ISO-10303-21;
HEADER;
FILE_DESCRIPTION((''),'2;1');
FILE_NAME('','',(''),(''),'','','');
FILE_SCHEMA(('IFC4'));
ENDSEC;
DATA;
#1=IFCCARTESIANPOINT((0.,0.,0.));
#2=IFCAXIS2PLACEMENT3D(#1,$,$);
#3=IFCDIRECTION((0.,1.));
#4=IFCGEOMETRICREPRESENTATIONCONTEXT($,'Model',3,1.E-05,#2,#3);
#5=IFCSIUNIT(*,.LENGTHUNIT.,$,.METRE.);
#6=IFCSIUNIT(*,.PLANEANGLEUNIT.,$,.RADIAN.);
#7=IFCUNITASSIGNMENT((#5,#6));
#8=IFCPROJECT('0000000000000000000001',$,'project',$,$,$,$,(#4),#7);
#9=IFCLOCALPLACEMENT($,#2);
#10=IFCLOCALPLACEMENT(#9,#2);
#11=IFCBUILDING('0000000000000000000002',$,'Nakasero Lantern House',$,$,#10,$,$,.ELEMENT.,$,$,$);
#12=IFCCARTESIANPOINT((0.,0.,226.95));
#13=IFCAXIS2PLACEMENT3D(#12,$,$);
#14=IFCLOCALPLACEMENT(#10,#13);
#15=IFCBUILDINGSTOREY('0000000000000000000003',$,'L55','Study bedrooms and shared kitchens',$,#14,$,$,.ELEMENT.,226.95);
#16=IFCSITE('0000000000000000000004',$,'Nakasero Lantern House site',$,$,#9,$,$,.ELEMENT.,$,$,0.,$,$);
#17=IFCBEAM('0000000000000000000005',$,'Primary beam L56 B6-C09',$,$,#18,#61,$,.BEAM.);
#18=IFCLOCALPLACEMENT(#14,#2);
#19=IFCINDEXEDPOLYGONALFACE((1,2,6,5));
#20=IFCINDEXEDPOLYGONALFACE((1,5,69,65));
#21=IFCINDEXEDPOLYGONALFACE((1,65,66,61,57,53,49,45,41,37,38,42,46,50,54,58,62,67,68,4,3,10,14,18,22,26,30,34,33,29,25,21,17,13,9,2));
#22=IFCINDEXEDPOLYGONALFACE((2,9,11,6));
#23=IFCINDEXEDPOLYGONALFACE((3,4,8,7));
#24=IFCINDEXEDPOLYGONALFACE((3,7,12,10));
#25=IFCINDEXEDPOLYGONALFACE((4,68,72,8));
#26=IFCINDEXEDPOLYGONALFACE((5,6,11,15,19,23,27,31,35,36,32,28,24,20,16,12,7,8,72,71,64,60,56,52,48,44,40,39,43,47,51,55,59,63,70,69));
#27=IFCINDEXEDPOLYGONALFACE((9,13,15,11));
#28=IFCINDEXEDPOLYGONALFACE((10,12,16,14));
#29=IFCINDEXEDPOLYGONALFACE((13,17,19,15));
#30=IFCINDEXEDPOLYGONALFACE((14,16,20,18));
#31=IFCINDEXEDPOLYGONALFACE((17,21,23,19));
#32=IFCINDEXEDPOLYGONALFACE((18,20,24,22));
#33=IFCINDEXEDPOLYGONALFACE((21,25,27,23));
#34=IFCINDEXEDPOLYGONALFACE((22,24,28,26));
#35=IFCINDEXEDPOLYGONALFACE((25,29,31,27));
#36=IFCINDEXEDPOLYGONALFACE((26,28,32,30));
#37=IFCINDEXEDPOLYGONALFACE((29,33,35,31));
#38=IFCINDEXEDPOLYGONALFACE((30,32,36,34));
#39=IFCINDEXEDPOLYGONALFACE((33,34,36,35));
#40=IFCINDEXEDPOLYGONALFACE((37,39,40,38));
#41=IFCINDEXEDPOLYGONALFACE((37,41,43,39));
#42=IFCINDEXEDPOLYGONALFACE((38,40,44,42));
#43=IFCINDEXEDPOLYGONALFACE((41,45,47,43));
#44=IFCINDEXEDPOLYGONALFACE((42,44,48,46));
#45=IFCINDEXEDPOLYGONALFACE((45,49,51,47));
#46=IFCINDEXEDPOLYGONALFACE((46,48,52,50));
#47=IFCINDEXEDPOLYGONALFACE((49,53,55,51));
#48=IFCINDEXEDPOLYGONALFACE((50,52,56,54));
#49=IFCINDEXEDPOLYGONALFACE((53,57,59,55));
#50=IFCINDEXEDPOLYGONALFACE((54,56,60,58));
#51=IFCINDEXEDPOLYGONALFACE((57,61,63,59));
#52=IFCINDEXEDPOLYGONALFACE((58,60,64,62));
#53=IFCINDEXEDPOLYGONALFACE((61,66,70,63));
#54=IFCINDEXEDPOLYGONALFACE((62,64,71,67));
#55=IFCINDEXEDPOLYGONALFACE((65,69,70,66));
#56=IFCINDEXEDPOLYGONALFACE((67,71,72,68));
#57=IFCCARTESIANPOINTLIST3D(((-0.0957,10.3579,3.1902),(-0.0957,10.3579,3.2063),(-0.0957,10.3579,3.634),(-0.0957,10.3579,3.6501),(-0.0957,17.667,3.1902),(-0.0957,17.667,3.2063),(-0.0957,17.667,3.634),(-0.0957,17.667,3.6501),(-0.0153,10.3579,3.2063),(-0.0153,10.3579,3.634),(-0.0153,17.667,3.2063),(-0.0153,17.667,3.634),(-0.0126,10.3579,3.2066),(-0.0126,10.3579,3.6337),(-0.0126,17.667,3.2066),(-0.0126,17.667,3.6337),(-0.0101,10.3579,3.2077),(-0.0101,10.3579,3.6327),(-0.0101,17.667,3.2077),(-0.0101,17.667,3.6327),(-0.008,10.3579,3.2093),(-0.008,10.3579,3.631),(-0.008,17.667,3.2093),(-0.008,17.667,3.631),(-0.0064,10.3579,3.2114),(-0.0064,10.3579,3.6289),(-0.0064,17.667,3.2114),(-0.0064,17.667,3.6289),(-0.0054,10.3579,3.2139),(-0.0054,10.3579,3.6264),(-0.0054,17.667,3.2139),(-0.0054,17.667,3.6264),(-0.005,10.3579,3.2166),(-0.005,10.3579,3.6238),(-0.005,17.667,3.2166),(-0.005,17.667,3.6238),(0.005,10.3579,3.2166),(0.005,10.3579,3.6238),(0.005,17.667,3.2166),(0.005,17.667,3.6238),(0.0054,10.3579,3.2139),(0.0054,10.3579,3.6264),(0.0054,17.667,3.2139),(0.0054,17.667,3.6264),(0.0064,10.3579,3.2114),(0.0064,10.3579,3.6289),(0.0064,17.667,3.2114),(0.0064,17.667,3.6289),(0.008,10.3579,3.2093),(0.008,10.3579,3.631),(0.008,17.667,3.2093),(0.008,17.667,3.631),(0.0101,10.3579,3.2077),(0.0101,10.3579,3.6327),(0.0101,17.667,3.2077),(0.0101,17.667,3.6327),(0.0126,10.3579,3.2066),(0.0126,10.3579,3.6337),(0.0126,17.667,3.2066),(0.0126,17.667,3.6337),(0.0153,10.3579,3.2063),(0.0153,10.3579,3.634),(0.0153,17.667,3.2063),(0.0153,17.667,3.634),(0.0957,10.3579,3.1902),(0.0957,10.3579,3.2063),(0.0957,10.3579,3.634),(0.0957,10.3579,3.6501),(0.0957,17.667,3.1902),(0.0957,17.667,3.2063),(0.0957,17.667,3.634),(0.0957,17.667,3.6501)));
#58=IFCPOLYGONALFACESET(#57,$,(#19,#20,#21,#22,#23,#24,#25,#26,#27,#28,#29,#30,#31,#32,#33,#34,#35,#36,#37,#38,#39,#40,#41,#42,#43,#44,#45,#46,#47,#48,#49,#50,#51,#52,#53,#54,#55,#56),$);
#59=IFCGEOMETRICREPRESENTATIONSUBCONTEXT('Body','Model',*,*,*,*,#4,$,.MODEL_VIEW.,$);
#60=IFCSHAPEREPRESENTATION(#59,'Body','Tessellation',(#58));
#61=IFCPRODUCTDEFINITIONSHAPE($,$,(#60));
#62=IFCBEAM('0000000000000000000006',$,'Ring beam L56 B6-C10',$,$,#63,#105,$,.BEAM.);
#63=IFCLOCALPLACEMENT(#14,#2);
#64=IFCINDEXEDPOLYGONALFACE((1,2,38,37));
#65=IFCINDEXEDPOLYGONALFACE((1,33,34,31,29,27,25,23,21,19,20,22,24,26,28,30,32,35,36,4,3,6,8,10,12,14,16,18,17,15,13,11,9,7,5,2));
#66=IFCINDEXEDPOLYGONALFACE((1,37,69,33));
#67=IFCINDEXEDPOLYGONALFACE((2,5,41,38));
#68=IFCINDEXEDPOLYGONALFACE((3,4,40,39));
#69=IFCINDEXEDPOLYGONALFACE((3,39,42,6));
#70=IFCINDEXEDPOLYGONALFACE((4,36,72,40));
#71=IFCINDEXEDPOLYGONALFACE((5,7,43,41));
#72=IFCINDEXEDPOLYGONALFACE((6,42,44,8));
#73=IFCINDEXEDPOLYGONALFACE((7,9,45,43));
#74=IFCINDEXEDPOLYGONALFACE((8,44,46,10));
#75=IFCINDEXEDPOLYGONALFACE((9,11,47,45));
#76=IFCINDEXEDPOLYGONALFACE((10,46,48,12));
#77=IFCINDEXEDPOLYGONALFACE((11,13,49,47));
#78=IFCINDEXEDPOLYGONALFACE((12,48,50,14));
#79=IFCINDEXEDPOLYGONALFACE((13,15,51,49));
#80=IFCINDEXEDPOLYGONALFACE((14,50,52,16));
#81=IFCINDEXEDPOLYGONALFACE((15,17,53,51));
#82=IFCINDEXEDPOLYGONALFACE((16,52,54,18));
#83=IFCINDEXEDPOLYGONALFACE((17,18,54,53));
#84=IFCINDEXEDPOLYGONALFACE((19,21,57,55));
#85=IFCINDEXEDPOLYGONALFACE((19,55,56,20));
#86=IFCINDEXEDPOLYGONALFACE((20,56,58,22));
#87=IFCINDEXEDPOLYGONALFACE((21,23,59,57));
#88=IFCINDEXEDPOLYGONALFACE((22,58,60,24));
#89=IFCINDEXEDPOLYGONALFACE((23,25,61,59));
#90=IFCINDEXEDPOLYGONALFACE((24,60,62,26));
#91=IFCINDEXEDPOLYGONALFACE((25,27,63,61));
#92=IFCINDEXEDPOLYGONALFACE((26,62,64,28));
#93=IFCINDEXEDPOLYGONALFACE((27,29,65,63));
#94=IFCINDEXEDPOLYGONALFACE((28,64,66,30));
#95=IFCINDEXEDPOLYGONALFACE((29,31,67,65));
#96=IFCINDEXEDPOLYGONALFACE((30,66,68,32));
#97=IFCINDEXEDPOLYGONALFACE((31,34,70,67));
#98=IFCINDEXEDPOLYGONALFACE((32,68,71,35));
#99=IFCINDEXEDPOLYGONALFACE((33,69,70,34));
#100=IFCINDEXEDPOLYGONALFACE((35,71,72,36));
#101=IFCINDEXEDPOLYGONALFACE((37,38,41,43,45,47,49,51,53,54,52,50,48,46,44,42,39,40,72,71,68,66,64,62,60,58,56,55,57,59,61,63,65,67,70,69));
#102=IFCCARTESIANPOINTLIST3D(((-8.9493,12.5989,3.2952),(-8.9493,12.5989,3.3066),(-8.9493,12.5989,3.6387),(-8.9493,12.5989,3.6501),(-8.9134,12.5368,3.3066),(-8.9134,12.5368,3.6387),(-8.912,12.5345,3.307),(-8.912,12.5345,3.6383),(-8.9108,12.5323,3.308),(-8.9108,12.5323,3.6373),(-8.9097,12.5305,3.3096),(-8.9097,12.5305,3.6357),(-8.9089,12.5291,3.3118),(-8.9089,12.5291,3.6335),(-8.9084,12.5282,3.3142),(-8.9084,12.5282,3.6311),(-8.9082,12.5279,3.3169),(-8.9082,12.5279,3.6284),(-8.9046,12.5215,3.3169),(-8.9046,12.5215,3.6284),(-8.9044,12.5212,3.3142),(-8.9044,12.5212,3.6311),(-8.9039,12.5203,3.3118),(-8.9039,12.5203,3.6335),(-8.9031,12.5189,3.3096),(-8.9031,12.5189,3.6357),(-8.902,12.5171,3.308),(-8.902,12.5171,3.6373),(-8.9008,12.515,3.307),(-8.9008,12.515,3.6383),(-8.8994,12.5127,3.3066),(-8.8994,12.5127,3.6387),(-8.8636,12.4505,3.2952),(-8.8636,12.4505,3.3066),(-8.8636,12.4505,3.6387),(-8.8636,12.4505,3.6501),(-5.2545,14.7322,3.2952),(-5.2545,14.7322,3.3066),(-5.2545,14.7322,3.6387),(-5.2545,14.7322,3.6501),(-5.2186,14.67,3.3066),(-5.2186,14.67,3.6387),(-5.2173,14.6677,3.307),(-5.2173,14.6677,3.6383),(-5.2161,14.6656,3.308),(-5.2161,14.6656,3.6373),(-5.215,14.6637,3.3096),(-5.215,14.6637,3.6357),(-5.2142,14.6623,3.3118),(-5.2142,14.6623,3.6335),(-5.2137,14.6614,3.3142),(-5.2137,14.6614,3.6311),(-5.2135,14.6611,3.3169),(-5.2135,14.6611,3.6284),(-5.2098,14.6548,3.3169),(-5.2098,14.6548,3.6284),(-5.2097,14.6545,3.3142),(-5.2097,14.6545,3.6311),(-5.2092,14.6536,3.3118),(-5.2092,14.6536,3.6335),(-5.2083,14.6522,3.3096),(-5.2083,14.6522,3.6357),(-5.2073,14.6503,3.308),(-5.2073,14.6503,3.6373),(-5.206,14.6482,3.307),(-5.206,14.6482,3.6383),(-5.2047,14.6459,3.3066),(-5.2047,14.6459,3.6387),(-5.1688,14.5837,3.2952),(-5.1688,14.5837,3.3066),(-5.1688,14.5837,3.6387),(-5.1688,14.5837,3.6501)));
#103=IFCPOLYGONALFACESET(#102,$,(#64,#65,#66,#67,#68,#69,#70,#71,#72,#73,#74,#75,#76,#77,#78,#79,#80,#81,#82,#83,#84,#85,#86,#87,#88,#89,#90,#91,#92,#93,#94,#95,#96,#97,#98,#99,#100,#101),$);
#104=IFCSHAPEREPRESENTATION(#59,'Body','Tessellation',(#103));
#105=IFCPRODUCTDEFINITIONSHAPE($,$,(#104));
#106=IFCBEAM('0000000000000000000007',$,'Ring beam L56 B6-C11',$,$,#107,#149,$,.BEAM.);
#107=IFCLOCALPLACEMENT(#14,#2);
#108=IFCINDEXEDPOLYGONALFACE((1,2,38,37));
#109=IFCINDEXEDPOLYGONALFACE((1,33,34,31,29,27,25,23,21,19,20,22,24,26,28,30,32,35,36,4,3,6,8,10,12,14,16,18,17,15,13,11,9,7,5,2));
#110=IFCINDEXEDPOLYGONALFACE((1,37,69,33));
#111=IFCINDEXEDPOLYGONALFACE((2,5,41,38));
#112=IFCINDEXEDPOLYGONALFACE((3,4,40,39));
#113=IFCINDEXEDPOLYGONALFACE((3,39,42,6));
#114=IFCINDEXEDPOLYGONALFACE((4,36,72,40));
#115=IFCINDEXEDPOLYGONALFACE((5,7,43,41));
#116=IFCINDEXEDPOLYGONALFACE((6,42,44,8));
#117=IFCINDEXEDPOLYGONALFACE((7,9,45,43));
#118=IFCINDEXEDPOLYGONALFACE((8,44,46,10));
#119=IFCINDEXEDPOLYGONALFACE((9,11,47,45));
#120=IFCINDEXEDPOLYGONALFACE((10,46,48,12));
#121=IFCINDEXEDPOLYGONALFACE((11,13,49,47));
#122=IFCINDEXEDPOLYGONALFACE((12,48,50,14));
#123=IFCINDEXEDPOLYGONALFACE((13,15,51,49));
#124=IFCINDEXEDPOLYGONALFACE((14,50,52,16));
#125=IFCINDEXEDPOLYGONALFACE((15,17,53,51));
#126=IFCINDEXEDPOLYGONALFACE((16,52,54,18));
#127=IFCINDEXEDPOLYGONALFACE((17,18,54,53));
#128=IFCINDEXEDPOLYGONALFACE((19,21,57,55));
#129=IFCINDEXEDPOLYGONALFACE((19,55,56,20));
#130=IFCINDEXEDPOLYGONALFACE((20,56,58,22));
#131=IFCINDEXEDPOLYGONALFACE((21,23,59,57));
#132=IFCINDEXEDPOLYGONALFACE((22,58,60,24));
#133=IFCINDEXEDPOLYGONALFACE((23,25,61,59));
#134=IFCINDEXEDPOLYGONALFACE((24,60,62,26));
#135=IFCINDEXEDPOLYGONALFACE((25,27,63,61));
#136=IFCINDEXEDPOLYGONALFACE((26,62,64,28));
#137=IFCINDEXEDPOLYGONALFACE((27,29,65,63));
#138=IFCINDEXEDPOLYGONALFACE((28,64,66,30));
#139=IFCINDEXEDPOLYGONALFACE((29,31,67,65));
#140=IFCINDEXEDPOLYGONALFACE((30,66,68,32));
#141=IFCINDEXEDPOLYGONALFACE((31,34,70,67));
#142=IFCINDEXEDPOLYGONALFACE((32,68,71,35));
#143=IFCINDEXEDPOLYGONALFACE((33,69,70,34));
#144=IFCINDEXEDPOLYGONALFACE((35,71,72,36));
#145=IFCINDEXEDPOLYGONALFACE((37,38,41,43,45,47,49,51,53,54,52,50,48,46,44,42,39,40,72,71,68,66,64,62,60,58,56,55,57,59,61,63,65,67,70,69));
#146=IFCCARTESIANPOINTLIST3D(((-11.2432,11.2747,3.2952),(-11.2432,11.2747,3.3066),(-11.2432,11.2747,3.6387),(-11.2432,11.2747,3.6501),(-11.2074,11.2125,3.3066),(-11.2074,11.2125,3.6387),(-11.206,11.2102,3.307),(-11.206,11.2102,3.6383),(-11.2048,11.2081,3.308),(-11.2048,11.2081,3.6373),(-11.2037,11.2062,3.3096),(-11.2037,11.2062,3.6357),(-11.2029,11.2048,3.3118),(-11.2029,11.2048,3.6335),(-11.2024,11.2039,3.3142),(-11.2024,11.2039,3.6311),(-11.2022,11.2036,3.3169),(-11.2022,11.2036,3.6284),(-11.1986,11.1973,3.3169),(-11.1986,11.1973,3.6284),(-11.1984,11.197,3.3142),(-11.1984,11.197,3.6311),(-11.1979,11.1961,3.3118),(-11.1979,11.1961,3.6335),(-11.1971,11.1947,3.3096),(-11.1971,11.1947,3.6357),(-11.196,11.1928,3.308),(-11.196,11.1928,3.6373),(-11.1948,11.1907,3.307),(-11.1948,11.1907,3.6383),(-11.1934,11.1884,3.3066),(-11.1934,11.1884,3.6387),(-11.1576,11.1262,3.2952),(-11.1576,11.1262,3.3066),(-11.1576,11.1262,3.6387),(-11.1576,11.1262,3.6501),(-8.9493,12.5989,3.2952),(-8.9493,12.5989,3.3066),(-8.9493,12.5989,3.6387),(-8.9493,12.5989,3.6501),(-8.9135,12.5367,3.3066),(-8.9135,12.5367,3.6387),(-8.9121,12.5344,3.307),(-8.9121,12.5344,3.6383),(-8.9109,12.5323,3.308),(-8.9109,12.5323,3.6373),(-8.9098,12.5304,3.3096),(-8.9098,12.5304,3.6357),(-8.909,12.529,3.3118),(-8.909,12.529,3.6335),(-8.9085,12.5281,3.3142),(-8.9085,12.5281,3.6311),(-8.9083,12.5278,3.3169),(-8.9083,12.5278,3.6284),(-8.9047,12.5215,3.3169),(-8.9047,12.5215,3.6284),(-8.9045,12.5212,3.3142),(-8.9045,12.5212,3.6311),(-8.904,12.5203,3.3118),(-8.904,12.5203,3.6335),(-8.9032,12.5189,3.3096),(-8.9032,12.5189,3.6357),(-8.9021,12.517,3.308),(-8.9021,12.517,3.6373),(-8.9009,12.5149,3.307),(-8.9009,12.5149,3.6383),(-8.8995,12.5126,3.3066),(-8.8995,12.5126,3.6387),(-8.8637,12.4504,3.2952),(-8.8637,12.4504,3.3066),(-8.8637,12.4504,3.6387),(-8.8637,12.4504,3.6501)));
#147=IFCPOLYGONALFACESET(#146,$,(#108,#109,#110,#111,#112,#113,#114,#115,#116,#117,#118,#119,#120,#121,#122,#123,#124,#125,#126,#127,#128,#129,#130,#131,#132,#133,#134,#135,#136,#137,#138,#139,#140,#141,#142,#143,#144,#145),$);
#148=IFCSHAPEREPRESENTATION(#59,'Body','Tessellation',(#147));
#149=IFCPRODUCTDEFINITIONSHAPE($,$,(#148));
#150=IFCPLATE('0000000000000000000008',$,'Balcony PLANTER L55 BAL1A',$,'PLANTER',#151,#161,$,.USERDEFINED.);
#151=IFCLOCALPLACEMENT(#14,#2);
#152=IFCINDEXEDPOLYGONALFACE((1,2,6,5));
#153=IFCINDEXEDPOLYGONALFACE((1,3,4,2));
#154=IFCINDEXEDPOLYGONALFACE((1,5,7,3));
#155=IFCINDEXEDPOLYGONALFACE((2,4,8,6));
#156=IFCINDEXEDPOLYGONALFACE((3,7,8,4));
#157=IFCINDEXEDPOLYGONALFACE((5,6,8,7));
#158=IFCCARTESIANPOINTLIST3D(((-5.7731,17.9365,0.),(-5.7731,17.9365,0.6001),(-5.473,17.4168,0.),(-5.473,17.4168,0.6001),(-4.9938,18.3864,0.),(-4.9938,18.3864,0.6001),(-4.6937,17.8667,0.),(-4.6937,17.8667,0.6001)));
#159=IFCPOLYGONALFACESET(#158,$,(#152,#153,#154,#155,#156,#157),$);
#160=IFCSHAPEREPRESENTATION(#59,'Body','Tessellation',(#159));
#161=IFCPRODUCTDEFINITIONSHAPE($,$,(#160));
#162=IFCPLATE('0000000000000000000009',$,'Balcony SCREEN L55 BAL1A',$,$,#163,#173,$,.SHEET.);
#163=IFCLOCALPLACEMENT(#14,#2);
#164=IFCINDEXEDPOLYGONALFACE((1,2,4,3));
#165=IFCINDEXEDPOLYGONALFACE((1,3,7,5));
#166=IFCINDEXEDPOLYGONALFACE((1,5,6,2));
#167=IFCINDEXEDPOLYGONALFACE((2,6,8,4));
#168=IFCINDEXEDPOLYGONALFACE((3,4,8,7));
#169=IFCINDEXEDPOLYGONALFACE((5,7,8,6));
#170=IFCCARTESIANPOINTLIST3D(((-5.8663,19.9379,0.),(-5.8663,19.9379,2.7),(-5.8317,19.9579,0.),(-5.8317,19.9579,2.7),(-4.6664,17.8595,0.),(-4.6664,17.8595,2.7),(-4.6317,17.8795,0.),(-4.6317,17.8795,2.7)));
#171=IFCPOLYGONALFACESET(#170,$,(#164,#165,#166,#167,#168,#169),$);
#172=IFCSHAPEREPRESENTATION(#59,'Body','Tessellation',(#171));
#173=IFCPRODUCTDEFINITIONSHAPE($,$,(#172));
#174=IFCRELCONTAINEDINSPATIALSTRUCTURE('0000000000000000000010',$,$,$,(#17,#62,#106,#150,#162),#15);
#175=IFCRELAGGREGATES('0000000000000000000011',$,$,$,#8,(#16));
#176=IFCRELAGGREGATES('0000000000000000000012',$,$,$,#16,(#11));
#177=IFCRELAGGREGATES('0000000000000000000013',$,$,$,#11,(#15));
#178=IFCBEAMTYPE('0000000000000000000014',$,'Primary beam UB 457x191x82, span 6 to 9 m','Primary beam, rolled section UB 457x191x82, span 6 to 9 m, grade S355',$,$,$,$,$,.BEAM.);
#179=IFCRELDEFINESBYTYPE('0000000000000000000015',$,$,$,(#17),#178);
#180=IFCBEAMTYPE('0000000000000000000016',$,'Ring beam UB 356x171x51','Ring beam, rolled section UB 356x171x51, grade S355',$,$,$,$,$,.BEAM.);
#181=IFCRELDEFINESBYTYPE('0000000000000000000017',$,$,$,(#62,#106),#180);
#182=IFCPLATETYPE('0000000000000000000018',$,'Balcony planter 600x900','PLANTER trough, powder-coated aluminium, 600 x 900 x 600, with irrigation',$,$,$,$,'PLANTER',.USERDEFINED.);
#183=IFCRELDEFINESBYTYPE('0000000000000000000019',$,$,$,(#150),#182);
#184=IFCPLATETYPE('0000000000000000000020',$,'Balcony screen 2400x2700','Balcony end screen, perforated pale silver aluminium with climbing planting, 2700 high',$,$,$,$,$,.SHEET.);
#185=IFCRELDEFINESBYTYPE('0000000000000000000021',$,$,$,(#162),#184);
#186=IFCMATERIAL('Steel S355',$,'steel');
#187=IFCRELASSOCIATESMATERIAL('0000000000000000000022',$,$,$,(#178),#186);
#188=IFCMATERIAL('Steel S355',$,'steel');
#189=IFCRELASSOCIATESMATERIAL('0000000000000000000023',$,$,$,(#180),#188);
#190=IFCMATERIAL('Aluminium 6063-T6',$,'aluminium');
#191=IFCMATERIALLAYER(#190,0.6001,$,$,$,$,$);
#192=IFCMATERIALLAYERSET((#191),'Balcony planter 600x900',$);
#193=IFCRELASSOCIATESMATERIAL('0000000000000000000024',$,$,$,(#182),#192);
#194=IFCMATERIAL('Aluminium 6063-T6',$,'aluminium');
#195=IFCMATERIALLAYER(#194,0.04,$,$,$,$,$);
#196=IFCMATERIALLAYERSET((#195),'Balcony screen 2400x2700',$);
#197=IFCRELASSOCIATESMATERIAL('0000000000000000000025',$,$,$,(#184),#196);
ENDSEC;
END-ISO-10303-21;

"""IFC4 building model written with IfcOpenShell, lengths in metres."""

from ifc_helpers import new_model, si_unit, direction, frame, origin, origin_2d, place, context, subcontext, project, spatial, rectangle, i_section, extrude, material, layer, layer_set, material_profile, profile_set, type_object, element, save


model = new_model("IFC4")

# Units and contexts
model_context = context("Model", 3, precision=1e-05, world=origin(), true_north=direction((0.0, 1.0)))
body_context = subcontext(model_context, "Body", "Model", "MODEL_VIEW")
ifc_project = project(units=[si_unit("LENGTHUNIT", "METRE"), si_unit("PLANEANGLEUNIT", "RADIAN")], contexts=[model_context])

# Site, building, storey
site_placement = place(None, origin())
site = spatial("IfcSite", under=ifc_project, at=site_placement, Name="Nakasero Lantern House site", CompositionType="ELEMENT", RefElevation=0.0)
building_placement = place(site_placement, origin())
building = spatial("IfcBuilding", under=site, at=building_placement, Name="Nakasero Lantern House", CompositionType="ELEMENT")
storey_placement = place(building_placement, frame((0.0, 0.0, 226.95)))
storey = spatial("IfcBuildingStorey", under=building, at=storey_placement, Name="L55", Description="Study bedrooms and shared kitchens", CompositionType="ELEMENT", Elevation=226.95)

# Beams
ifc_material_1 = material(Name="Steel S355", Category="steel")
ifc_material_profile_1 = material_profile(ifc_material_1, i_section(OverallWidth=0.1914, OverallDepth=0.46, WebThickness=0.01, FlangeThickness=0.0161, FilletRadius=0.0103, at=origin_2d()), Name="UB 457x191x82")
ifc_profile_set_1 = profile_set([ifc_material_profile_1], Name="Steel S355")
beam_type_1 = type_object("IfcBeamType", Name="Primary beam UB 457x191x82, span 6 to 9 m", Description="Primary beam, rolled section UB 457x191x82, span 6 to 9 m, grade S355", PredefinedType="BEAM", material=ifc_profile_set_1)
beam_1_placement = place(storey_placement, frame((0.0, 17.667, 3.4202), z_axis=(0.0, -1.0, 0.0), x_axis=(1.0, 0.0, 0.0)))
element("IfcBeam", 1, at=beam_1_placement, inside=storey, type_object=beam_type_1, Name="Primary beam L56 B6-C09", PredefinedType="BEAM", context=body_context, shape_type="SweptSolid", body=[
    extrude(i_section(OverallWidth=0.1914, OverallDepth=0.46, WebThickness=0.01, FlangeThickness=0.0161, FilletRadius=0.0103, at=origin_2d()), origin(), (0.0, 0.0, 1.0), 7.3091),
])
ifc_material_2 = material(Name="Steel S355", Category="steel")
ifc_material_profile_2 = material_profile(ifc_material_2, i_section(OverallWidth=0.1714, OverallDepth=0.355, WebThickness=0.0073, FlangeThickness=0.0115, FilletRadius=0.0103, at=origin_2d()), Name="UB 356x171x51")
ifc_profile_set_2 = profile_set([ifc_material_profile_2], Name="Steel S355")
beam_type_2 = type_object("IfcBeamType", Name="Ring beam UB 356x171x51", Description="Ring beam, rolled section UB 356x171x51, grade S355", PredefinedType="BEAM", material=ifc_profile_set_2)
beam_2_placement = place(storey_placement, frame((-5.2117, 14.658, 3.4727), z_axis=(-0.866016, -0.500016, 0.0), x_axis=(0.500016, -0.866016, 0.0)))
element("IfcBeam", 2, at=beam_2_placement, inside=storey, type_object=beam_type_2, Name="Ring beam L56 B6-C10", PredefinedType="BEAM", context=body_context, shape_type="SweptSolid", body=[
    extrude(i_section(OverallWidth=0.1714, OverallDepth=0.355, WebThickness=0.0073, FlangeThickness=0.0115, FilletRadius=0.0103, at=origin_2d()), origin(), (0.0, 0.0, 1.0), 4.2664),
])
beam_3_placement = place(storey_placement, frame((-8.9065, 12.5247, 3.4727), z_axis=(-0.866057, -0.499946, 0.0), x_axis=(0.499946, -0.866057, 0.0)))
element("IfcBeam", 3, at=beam_3_placement, inside=storey, type_object=beam_type_2, Name="Ring beam L56 B6-C11", PredefinedType="BEAM", context=body_context, shape_type="SweptSolid", body=[
    extrude(i_section(OverallWidth=0.1714, OverallDepth=0.355, WebThickness=0.0073, FlangeThickness=0.0115, FilletRadius=0.0103, at=origin_2d()), origin(), (0.0, 0.0, 1.0), 2.6487),
])

# Plates
ifc_material_3 = material(Name="Aluminium 6063-T6", Category="aluminium")
ifc_layer_1 = layer(ifc_material_3, 0.6001)
ifc_layer_set_1 = layer_set([ifc_layer_1], Name="Balcony planter 600x900")
plate_type_1 = type_object("IfcPlateType", Name="Balcony planter 600x900", Description="PLANTER trough, powder-coated aluminium, 600 x 900 x 600, with irrigation", ElementType="PLANTER", PredefinedType="USERDEFINED", material=ifc_layer_set_1)
plate_1_placement = place(storey_placement, frame((-5.2334, 17.9016, 0.0), z_axis=(0.0, 0.0, 1.0), x_axis=(-0.5, 0.866025, 0.0)))
element("IfcPlate", 4, at=plate_1_placement, inside=storey, type_object=plate_type_1, Name="Balcony PLANTER L55 BAL1A", ObjectType="PLANTER", PredefinedType="USERDEFINED", context=body_context, shape_type="SweptSolid", body=[
    extrude(rectangle(XDim=0.6001, YDim=0.8999, at=origin_2d()), origin(), (0.0, 0.0, 1.0), 0.6001),
])
ifc_material_4 = material(Name="Aluminium 6063-T6", Category="aluminium")
ifc_layer_2 = layer(ifc_material_4, 0.04)
ifc_layer_set_2 = layer_set([ifc_layer_2], Name="Balcony screen 2400x2700")
plate_type_2 = type_object("IfcPlateType", Name="Balcony screen 2400x2700", Description="Balcony end screen, perforated pale silver aluminium with climbing planting, 2700 high", PredefinedType="SHEET", material=ifc_layer_set_2)
plate_2_placement = place(storey_placement, frame((-5.249, 18.9087, 0.0), z_axis=(0.0, 0.0, 1.0), x_axis=(-0.5, 0.866025, 0.0)))
element("IfcPlate", 5, at=plate_2_placement, inside=storey, type_object=plate_type_2, Name="Balcony SCREEN L55 BAL1A", PredefinedType="SHEET", context=body_context, shape_type="SweptSolid", body=[
    extrude(rectangle(XDim=2.3999, YDim=0.04, at=origin_2d()), origin(), (0.0, 0.0, 1.0), 2.7),
])

save(model, "model.ifc")
